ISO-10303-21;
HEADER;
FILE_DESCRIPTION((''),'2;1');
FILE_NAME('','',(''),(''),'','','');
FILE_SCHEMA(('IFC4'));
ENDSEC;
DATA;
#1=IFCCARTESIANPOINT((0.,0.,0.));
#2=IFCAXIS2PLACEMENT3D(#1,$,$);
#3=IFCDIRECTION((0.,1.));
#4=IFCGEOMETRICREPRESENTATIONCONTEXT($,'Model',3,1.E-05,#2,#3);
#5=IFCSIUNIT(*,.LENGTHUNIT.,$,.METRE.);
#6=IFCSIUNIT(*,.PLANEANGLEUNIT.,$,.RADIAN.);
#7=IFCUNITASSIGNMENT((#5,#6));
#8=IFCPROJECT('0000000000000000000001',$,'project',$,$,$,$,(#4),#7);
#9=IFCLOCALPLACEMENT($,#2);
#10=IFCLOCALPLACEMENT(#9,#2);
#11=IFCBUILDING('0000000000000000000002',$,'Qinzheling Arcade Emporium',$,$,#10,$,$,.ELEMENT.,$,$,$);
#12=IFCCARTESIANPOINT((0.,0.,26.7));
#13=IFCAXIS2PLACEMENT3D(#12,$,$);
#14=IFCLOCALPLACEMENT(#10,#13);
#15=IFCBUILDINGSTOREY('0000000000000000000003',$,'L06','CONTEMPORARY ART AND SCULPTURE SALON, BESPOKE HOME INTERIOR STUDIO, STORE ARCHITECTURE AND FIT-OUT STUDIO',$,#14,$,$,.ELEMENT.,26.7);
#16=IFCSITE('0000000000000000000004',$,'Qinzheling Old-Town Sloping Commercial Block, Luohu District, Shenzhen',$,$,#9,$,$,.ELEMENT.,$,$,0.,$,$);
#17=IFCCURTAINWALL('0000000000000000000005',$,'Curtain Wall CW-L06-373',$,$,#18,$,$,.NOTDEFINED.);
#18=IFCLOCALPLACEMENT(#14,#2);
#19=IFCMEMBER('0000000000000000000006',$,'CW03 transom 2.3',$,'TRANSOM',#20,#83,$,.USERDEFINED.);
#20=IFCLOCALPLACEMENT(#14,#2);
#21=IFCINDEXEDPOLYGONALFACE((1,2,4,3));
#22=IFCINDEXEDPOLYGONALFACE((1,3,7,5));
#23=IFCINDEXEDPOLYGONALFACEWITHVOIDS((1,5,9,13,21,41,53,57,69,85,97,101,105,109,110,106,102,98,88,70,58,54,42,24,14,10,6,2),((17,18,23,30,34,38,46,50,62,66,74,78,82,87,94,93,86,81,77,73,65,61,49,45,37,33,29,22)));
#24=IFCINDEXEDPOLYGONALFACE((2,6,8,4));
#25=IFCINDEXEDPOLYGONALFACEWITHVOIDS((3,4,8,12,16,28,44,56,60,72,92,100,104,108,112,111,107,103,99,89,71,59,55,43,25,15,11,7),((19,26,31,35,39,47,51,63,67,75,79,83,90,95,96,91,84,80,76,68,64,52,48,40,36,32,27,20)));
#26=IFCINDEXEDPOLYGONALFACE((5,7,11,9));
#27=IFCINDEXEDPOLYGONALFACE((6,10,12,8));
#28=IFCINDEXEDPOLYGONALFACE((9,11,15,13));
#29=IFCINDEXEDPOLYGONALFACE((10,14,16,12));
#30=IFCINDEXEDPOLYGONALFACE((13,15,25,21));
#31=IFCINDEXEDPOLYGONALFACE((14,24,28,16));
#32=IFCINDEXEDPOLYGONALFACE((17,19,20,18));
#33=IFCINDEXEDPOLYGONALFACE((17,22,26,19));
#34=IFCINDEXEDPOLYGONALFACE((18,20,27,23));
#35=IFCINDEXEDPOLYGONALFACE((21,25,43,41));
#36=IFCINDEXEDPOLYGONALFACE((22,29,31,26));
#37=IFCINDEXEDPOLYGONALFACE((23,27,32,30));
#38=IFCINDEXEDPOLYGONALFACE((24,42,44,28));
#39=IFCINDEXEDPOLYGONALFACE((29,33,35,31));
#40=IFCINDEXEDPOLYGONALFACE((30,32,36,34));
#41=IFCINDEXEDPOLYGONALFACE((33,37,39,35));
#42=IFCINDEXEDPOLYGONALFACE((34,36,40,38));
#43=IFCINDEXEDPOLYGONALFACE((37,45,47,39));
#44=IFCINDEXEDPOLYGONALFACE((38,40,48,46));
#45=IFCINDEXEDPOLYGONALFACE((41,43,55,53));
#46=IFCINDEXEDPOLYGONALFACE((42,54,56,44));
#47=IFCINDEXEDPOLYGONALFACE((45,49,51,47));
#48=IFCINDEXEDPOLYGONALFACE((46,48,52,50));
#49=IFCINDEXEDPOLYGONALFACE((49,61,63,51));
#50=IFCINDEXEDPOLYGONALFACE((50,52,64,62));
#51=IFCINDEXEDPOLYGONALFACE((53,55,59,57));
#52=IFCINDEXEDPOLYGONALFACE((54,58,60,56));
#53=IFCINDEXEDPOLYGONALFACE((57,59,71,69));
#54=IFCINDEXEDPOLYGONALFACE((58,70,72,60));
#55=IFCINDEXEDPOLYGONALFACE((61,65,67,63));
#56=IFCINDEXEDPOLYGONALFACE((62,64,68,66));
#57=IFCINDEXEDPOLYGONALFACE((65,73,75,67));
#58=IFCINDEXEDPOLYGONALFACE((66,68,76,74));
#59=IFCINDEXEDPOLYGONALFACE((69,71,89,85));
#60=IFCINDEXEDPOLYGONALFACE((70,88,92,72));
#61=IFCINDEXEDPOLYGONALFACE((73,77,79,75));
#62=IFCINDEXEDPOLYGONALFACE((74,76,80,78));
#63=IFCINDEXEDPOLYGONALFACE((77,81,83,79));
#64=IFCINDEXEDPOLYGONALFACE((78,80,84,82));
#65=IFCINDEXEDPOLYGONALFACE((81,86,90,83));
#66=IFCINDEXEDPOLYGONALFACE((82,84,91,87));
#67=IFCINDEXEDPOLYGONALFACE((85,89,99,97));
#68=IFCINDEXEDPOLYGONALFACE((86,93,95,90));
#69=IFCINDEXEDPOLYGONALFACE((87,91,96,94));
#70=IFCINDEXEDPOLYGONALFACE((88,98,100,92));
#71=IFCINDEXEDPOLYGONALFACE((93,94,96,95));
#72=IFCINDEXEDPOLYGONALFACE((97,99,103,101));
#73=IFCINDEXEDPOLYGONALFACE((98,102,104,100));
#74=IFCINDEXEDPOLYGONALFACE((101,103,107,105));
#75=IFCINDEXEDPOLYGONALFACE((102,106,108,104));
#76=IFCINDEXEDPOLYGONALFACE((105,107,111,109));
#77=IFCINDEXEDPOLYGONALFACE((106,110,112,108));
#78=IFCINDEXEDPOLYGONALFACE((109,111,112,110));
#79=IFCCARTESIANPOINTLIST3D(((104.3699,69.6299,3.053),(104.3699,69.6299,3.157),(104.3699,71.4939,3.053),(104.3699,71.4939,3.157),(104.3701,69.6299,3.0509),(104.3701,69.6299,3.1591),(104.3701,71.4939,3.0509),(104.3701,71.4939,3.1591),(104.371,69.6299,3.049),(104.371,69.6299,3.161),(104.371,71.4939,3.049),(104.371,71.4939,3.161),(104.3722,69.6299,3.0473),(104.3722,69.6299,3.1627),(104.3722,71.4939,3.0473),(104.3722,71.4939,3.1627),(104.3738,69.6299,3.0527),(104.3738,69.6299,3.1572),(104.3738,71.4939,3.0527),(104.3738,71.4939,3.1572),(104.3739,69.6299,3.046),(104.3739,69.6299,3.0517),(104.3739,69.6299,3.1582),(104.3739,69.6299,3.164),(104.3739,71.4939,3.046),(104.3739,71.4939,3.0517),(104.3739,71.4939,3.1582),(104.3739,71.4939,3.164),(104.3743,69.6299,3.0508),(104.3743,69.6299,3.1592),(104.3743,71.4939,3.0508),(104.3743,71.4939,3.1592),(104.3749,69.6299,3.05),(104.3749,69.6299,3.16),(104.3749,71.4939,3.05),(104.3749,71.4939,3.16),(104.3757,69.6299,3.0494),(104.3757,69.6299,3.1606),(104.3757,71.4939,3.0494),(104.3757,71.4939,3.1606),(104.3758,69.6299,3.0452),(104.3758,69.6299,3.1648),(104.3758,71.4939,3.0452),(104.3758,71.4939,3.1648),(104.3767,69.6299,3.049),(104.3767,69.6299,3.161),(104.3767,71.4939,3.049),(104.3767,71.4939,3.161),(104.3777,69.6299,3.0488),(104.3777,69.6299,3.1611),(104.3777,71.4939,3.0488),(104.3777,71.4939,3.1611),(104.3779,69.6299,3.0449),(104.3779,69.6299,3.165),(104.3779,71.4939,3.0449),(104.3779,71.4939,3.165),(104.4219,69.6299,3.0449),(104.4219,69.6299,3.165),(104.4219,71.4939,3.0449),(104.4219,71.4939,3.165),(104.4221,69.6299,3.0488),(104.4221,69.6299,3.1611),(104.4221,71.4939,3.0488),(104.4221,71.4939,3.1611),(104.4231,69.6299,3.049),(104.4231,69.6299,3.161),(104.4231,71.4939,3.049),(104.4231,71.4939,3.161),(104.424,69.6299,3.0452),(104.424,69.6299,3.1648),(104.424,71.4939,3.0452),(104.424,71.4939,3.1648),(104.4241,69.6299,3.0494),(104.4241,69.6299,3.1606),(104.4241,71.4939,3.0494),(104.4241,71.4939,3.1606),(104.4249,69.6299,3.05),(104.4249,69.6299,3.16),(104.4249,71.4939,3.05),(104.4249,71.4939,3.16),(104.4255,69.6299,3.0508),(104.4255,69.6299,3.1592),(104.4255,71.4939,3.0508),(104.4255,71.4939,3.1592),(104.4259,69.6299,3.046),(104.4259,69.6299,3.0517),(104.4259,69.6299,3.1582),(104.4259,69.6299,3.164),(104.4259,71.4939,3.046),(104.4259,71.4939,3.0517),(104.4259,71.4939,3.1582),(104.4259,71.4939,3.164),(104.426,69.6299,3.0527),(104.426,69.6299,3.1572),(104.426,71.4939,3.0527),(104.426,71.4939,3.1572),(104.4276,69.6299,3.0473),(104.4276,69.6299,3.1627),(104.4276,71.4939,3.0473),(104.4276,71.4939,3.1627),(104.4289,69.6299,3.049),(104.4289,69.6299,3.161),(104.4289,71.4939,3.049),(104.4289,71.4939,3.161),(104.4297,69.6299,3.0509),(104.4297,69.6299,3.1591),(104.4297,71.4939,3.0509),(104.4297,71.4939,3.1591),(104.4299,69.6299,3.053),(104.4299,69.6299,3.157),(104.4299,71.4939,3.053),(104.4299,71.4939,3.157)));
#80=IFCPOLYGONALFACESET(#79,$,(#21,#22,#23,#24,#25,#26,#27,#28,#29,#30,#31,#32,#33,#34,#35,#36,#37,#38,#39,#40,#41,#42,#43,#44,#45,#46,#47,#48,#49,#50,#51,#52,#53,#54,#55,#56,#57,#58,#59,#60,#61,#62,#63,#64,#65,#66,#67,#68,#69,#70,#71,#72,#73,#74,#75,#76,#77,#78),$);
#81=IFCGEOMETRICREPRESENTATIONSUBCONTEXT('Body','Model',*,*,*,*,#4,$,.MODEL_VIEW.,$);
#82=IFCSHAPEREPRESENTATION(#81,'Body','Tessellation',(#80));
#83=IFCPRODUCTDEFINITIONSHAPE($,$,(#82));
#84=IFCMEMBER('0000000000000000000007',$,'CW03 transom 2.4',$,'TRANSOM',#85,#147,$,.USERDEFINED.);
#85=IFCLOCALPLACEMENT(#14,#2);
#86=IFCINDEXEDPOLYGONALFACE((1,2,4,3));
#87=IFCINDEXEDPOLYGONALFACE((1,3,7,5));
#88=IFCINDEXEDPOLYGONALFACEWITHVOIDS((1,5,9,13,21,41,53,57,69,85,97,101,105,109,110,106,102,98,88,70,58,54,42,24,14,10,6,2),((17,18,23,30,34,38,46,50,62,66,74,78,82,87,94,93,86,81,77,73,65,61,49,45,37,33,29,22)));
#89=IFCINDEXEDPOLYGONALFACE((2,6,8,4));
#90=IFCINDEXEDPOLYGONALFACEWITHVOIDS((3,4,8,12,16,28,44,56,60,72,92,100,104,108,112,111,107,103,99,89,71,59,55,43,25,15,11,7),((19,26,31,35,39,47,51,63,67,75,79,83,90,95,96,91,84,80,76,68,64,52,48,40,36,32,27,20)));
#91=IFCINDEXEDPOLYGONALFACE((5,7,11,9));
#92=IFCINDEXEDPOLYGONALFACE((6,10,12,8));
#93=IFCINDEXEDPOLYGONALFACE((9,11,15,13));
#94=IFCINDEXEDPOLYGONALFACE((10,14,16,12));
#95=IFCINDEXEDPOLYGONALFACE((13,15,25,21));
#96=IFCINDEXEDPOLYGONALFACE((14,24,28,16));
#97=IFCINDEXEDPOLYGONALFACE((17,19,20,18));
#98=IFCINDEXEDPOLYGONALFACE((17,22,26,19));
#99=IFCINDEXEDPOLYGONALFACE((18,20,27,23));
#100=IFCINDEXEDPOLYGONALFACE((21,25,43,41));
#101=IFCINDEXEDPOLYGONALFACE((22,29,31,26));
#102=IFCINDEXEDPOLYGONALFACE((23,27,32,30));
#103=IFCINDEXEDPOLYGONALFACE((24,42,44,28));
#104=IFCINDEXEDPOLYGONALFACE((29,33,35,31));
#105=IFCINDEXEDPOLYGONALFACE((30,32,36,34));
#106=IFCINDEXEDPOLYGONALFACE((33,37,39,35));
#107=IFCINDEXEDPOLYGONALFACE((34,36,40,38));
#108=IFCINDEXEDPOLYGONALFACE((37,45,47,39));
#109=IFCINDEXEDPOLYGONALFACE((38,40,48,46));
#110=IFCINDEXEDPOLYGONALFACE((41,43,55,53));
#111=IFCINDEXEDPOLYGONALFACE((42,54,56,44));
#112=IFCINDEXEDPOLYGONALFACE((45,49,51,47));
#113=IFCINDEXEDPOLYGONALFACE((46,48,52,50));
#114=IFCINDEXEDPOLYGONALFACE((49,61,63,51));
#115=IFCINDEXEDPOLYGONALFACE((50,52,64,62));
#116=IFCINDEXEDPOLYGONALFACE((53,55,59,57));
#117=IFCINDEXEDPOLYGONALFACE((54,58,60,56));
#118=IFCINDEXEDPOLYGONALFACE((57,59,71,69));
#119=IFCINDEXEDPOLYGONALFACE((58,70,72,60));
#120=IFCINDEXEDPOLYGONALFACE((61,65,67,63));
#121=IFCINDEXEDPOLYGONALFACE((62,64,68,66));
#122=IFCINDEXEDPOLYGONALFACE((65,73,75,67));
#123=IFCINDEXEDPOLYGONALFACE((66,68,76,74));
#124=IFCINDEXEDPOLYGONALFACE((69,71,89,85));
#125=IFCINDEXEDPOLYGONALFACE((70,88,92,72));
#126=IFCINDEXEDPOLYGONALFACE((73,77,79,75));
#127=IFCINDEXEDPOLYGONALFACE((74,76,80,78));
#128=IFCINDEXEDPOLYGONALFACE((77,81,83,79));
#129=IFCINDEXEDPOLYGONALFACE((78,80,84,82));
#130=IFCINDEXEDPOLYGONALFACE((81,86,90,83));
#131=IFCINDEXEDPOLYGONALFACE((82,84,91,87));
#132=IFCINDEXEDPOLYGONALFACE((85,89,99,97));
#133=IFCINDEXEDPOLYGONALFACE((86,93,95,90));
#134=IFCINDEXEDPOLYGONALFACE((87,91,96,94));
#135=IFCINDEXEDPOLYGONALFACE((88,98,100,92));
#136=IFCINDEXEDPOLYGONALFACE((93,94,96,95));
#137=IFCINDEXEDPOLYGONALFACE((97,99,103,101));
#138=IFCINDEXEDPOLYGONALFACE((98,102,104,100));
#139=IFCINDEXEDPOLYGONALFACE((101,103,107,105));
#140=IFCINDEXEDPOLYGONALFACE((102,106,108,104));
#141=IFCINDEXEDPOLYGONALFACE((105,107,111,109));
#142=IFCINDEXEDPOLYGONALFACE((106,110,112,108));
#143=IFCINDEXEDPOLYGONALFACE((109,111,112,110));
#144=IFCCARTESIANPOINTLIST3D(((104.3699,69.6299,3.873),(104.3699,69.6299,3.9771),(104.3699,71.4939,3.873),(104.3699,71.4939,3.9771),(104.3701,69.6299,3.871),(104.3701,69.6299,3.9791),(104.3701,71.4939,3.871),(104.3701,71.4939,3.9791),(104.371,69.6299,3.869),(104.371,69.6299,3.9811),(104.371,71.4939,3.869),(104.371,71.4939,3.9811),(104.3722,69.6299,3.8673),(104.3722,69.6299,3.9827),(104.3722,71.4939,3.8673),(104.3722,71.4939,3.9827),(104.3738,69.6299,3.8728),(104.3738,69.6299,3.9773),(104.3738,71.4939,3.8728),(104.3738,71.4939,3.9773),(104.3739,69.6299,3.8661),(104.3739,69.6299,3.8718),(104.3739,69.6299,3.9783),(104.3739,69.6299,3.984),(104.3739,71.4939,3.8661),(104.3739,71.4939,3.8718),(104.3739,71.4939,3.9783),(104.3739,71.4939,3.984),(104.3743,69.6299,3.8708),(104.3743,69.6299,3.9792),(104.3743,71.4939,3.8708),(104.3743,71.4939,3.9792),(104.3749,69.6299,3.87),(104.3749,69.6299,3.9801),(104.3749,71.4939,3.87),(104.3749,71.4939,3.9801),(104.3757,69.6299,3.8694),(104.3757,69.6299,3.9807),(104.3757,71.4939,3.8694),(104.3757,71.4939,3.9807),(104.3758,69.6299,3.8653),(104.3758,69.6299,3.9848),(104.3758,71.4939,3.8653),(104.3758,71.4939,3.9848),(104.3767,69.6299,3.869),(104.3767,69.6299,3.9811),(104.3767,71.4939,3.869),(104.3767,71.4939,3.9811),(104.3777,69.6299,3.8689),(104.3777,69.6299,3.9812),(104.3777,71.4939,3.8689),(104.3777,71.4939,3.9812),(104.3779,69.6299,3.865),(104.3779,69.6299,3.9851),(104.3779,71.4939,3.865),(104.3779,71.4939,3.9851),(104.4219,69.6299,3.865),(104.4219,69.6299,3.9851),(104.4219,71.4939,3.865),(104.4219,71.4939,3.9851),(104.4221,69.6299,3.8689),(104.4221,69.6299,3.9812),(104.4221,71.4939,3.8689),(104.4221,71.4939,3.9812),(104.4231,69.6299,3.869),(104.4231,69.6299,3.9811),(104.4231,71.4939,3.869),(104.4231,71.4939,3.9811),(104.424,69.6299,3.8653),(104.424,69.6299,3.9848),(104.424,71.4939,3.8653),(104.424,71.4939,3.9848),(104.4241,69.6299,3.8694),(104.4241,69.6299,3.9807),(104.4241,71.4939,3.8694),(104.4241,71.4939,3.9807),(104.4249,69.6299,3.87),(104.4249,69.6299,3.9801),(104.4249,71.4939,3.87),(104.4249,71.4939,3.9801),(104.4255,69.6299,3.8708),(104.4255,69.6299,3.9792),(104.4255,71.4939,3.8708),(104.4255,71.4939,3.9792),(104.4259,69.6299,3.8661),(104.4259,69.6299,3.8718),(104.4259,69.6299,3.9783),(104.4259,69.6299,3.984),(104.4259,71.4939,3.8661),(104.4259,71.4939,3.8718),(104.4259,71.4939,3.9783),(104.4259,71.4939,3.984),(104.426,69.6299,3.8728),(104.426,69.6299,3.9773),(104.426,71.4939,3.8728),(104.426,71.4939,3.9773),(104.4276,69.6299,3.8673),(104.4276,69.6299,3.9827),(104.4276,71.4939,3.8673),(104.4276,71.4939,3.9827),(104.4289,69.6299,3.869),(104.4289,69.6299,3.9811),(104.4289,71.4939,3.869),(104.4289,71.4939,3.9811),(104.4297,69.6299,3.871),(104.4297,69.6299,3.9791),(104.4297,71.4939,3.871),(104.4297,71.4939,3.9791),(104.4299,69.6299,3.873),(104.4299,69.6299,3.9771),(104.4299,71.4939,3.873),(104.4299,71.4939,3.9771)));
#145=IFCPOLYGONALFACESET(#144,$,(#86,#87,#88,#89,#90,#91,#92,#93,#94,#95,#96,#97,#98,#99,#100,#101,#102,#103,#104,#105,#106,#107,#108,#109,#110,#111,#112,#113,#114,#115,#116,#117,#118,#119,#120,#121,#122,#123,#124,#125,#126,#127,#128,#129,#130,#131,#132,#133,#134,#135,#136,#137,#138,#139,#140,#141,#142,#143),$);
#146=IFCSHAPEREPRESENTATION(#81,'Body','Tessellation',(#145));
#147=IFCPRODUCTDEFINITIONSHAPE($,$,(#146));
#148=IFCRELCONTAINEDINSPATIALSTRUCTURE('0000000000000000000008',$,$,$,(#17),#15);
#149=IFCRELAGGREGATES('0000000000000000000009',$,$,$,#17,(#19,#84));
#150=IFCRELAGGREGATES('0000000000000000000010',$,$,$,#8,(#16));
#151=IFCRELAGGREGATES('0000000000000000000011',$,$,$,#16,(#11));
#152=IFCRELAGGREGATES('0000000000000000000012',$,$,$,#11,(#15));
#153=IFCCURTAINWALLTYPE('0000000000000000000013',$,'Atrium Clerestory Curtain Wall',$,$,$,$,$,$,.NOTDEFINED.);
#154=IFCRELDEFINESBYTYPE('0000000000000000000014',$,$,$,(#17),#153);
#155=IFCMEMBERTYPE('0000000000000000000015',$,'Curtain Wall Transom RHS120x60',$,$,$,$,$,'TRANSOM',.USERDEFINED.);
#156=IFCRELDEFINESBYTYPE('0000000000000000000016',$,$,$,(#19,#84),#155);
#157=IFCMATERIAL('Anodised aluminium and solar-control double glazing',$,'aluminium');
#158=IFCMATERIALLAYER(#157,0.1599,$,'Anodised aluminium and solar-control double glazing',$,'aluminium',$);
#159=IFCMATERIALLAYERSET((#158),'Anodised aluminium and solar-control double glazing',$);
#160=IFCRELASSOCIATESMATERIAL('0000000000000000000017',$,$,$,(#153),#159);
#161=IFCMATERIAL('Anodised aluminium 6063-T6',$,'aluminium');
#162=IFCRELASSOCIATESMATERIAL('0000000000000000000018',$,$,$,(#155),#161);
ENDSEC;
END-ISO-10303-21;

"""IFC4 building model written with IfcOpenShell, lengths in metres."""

from ifc_helpers import new_model, si_unit, direction, frame, origin, origin_2d, place, context, subcontext, project, spatial, hollow_rectangle, extrude, material, layer, layer_set, material_profile, profile_set, type_object, element, aggregate, save


model = new_model("IFC4")

# Units and contexts
model_context = context("Model", 3, precision=1e-05, world=origin(), true_north=direction((0.0, 1.0)))
body_context = subcontext(model_context, "Body", "Model", "MODEL_VIEW")
ifc_project = project(units=[si_unit("LENGTHUNIT", "METRE"), si_unit("PLANEANGLEUNIT", "RADIAN")], contexts=[model_context])

# Site, building, storey
site_placement = place(None, origin())
site = spatial("IfcSite", under=ifc_project, at=site_placement, Name="Qinzheling Old-Town Sloping Commercial Block, Luohu District, Shenzhen", CompositionType="ELEMENT", RefElevation=0.0)
building_placement = place(site_placement, origin())
building = spatial("IfcBuilding", under=site, at=building_placement, Name="Qinzheling Arcade Emporium", CompositionType="ELEMENT")
storey_placement = place(building_placement, frame((0.0, 0.0, 26.7)))
storey = spatial("IfcBuildingStorey", under=building, at=storey_placement, Name="L06", Description="CONTEMPORARY ART AND SCULPTURE SALON, BESPOKE HOME INTERIOR STUDIO, STORE ARCHITECTURE AND FIT-OUT STUDIO", CompositionType="ELEMENT", Elevation=26.7)

# Curtain wall, members
ifc_material_1 = material(Name="Anodised aluminium and solar-control double glazing", Category="aluminium")
ifc_layer_1 = layer(ifc_material_1, 0.1599, Name="Anodised aluminium and solar-control double glazing", Category="aluminium")
ifc_layer_set_1 = layer_set([ifc_layer_1], Name="Anodised aluminium and solar-control double glazing")
curtain_wall_type = type_object("IfcCurtainWallType", Name="Atrium Clerestory Curtain Wall", PredefinedType="NOTDEFINED", material=ifc_layer_set_1)
curtain_wall_placement = place(storey_placement, origin())
curtain_wall = element("IfcCurtainWall", 1, at=curtain_wall_placement, inside=storey, type_object=curtain_wall_type, Name="Curtain Wall CW-L06-373", PredefinedType="NOTDEFINED")
ifc_material_2 = material(Name="Anodised aluminium 6063-T6", Category="aluminium")
ifc_material_profile_1 = material_profile(ifc_material_2, hollow_rectangle(XDim=0.0601, YDim=0.1201, WallThickness=0.0039, InnerFilletRadius=0.0039, OuterFilletRadius=0.0081, at=origin_2d()), Name="RHS 120x60x4", Category="aluminium")
ifc_profile_set_1 = profile_set([ifc_material_profile_1], Name="Anodised aluminium 6063-T6")
member_type_1 = type_object("IfcMemberType", Name="Curtain Wall Transom RHS120x60", ElementType="TRANSOM", PredefinedType="USERDEFINED", material=ifc_profile_set_1)
member_1_placement = place(storey_placement, frame((104.3999, 71.4939, 3.105), z_axis=(0.0, -1.0, 0.0), x_axis=(1.0, 0.0, 0.0)))
member_1 = element("IfcMember", 2, at=member_1_placement, type_object=member_type_1, Name="CW03 transom 2.3", ObjectType="TRANSOM", PredefinedType="USERDEFINED", context=body_context, shape_type="SweptSolid", body=[
    extrude(hollow_rectangle(XDim=0.0601, YDim=0.1201, WallThickness=0.0039, InnerFilletRadius=0.0039, OuterFilletRadius=0.0081, at=origin_2d()), origin(), (0.0, 0.0, 1.0), 1.864),
])
member_2_placement = place(storey_placement, frame((104.3999, 71.4939, 3.925), z_axis=(0.0, -1.0, 0.0), x_axis=(1.0, 0.0, 0.0)))
member_2 = element("IfcMember", 3, at=member_2_placement, type_object=member_type_1, Name="CW03 transom 2.4", ObjectType="TRANSOM", PredefinedType="USERDEFINED", context=body_context, shape_type="SweptSolid", body=[
    extrude(hollow_rectangle(XDim=0.0601, YDim=0.1201, WallThickness=0.0039, InnerFilletRadius=0.0039, OuterFilletRadius=0.0081, at=origin_2d()), origin(), (0.0, 0.0, 1.0), 1.864),
])
aggregate(curtain_wall, [member_1, member_2])

save(model, "model.ifc")
